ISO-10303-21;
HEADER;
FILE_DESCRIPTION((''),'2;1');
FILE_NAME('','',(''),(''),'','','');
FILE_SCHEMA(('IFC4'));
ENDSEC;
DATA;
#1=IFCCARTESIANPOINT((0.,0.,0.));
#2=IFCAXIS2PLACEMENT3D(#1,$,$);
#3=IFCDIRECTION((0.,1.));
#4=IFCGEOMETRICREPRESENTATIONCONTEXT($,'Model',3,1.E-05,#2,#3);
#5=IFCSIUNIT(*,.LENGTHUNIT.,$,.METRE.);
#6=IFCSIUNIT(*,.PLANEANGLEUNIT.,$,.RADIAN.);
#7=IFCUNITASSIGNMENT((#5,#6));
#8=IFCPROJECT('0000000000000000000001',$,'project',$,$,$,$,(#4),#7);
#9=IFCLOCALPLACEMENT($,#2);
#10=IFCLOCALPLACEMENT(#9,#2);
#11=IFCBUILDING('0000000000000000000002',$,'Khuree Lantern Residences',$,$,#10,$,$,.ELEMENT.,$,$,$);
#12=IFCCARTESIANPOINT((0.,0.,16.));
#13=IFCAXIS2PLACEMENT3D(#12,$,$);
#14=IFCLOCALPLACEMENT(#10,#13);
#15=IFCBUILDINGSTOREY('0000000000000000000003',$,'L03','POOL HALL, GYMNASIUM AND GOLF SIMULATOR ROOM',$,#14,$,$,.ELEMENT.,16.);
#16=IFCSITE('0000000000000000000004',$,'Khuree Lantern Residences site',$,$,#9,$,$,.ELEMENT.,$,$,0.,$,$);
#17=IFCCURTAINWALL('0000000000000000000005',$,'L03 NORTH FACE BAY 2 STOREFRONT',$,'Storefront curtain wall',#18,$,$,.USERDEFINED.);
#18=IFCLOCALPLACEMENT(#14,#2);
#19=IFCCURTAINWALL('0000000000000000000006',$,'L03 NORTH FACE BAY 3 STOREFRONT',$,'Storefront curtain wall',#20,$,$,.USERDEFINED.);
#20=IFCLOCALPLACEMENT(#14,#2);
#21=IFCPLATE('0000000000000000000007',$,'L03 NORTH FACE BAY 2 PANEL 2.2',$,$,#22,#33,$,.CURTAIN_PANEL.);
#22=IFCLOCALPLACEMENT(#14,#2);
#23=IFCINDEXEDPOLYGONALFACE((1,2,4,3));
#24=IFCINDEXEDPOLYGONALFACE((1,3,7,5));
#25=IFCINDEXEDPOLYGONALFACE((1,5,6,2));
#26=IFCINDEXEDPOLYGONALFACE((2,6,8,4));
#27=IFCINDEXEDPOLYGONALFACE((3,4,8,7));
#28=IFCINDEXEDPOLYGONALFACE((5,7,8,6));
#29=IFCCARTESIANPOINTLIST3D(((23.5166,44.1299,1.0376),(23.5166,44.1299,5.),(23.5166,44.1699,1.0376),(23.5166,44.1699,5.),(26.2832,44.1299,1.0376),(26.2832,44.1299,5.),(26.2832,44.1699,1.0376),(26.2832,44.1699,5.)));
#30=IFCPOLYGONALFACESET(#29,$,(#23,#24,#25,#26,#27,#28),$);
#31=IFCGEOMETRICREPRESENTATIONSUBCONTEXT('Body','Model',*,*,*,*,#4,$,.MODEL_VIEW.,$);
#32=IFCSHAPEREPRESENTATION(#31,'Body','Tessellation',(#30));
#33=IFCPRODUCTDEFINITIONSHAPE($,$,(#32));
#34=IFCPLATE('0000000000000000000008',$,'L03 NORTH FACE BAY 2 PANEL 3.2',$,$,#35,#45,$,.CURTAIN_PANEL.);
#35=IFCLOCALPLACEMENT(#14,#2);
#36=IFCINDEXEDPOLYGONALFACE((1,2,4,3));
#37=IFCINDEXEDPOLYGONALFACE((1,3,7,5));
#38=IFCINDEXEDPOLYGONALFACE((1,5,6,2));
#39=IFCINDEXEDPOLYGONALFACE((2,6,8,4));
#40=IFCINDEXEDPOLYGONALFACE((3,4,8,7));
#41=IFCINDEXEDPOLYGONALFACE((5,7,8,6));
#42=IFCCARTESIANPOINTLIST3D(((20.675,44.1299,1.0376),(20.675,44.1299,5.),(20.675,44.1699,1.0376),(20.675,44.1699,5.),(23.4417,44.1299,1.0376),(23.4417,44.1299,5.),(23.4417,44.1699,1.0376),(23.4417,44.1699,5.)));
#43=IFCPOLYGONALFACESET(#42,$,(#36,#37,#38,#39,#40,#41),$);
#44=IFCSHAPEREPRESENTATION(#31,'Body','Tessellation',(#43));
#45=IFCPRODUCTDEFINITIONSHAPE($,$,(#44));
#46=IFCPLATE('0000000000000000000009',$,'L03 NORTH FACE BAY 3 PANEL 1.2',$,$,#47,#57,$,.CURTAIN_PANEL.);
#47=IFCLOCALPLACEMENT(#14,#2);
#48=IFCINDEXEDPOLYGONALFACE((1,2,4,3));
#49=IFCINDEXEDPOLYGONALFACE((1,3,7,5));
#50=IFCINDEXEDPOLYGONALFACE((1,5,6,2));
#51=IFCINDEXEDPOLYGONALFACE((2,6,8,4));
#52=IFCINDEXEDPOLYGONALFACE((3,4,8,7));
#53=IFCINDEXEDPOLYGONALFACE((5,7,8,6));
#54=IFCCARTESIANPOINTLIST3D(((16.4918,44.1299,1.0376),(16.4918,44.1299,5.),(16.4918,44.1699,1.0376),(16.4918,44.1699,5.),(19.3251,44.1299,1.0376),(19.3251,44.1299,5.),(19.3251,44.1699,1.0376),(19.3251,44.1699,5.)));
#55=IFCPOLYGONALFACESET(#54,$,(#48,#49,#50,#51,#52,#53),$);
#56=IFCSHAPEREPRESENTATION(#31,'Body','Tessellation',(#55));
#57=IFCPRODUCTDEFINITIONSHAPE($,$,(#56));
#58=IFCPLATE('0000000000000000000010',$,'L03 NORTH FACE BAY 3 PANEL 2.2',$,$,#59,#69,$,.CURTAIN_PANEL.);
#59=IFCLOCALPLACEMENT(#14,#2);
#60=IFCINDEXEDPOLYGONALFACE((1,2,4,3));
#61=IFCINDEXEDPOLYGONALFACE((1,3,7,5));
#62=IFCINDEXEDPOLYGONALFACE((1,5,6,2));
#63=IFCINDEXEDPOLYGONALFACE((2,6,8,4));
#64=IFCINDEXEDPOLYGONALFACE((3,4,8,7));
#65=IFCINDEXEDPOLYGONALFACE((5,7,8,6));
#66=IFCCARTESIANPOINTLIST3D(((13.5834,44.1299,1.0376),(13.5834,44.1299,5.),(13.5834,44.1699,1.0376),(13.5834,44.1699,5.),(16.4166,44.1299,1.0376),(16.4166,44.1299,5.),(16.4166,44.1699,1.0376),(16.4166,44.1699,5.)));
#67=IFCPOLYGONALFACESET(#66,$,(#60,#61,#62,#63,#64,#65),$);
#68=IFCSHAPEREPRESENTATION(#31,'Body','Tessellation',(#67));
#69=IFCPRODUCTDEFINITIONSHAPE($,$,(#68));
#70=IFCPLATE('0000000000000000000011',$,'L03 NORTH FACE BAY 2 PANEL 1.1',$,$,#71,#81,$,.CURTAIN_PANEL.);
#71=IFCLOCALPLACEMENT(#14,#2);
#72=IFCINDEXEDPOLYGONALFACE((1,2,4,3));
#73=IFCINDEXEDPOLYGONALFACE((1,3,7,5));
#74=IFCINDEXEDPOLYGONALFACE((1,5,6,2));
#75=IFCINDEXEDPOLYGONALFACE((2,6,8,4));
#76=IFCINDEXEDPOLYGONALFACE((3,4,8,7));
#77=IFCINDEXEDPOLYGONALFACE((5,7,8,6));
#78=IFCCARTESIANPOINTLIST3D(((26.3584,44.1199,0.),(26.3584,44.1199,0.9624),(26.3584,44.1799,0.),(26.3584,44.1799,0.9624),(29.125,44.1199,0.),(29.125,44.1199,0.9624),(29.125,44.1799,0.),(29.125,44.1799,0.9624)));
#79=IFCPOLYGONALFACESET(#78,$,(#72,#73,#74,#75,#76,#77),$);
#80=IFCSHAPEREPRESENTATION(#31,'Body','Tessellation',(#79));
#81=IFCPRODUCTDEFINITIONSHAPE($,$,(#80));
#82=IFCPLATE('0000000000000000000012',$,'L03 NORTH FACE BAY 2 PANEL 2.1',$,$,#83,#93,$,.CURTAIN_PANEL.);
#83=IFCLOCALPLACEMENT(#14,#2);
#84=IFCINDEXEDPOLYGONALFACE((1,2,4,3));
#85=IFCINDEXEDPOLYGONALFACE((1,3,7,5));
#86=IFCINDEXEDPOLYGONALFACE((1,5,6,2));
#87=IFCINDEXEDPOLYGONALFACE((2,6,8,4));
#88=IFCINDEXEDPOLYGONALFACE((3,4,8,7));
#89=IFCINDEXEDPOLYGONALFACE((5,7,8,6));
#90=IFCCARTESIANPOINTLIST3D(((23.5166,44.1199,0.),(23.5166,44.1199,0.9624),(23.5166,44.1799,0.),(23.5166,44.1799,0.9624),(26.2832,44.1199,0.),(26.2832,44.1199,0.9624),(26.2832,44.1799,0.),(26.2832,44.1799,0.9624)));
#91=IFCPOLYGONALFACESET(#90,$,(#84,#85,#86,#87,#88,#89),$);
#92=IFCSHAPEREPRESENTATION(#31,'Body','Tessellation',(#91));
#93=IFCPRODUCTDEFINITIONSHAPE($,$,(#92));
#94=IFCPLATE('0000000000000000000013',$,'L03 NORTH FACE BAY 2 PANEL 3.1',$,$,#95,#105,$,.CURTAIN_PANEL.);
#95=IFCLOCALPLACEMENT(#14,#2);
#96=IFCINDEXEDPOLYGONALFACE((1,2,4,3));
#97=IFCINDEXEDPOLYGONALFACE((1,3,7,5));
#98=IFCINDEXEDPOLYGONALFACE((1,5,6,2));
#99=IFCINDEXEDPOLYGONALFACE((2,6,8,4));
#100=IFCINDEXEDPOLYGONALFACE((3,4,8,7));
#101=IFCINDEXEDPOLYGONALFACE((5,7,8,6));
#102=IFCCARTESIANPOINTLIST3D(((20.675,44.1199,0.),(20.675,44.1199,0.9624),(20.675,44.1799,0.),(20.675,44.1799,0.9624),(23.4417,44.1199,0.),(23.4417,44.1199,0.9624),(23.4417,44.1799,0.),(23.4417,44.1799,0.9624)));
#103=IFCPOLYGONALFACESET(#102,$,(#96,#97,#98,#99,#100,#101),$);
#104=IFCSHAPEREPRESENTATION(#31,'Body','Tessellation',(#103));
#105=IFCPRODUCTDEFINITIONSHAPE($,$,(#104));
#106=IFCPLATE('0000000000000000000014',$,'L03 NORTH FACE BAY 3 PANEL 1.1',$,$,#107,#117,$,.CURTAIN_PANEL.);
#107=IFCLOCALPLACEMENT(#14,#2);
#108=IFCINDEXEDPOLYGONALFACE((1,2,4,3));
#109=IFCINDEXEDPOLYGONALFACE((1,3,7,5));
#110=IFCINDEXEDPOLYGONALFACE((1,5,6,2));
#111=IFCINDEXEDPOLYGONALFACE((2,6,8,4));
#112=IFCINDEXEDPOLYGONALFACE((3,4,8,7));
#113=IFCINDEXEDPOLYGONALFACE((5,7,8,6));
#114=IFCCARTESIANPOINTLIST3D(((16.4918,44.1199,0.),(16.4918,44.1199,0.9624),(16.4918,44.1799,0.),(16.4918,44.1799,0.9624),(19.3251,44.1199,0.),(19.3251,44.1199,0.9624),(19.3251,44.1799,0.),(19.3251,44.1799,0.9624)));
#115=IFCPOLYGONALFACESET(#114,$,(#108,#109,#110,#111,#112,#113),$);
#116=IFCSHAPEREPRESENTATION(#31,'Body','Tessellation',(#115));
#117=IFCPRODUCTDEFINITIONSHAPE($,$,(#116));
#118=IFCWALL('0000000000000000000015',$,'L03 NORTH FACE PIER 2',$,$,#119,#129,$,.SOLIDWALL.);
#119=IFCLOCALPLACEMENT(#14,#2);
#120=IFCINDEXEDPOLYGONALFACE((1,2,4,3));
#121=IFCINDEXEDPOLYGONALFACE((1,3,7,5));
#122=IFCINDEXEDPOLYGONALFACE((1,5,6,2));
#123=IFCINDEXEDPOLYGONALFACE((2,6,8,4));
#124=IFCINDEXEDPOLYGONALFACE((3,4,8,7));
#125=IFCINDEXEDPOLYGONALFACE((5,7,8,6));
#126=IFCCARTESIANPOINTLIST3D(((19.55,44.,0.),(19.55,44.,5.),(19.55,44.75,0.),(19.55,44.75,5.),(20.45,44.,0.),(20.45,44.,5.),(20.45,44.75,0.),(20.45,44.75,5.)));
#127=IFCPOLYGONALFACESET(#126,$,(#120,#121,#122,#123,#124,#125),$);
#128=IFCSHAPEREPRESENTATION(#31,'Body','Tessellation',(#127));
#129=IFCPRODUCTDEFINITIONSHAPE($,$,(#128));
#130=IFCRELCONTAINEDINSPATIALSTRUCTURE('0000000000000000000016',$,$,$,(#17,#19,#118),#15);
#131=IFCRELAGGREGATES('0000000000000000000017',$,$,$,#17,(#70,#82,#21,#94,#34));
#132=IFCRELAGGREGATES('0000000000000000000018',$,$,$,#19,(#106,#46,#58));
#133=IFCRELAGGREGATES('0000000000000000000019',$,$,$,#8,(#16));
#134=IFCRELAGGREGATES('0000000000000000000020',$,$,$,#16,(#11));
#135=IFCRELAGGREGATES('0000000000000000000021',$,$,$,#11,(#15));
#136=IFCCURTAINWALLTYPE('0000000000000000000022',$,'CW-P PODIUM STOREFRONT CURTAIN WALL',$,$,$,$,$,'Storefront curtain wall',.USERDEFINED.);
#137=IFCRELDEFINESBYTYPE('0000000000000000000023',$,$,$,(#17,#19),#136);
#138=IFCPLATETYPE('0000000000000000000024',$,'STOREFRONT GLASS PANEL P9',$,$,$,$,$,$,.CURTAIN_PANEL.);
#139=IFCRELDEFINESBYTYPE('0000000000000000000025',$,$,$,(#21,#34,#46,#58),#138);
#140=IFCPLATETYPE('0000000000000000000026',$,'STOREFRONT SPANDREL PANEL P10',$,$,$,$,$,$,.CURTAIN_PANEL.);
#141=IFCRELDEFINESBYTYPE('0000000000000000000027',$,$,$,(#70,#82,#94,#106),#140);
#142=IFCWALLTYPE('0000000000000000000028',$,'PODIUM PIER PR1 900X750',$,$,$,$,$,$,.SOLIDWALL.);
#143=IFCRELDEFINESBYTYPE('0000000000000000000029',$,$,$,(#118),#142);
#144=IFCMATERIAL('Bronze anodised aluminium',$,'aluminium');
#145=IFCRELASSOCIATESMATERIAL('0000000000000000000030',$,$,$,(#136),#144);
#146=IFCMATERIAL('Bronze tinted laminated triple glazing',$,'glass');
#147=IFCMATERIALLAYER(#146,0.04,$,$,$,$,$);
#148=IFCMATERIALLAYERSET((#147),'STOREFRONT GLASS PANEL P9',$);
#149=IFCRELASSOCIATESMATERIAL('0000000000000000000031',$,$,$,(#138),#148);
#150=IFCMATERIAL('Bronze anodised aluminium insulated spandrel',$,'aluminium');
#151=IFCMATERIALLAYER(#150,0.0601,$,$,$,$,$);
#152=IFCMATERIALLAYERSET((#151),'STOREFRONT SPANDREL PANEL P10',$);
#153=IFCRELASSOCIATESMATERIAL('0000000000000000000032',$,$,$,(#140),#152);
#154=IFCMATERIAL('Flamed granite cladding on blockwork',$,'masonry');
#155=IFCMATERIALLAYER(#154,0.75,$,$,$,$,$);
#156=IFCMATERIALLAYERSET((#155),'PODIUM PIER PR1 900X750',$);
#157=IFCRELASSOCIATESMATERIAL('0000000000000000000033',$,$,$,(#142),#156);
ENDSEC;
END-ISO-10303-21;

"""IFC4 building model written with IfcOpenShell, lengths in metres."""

from ifc_helpers import new_model, si_unit, direction, frame, frame_2d, origin, origin_2d, place, context, subcontext, project, spatial, rectangle, extrude, material, layer, layer_set, type_object, element, aggregate, save


model = new_model("IFC4")

# Units and contexts
model_context = context("Model", 3, precision=1e-05, world=origin(), true_north=direction((0.0, 1.0)))
body_context = subcontext(model_context, "Body", "Model", "MODEL_VIEW")
ifc_project = project(units=[si_unit("LENGTHUNIT", "METRE"), si_unit("PLANEANGLEUNIT", "RADIAN")], contexts=[model_context])

# Site, building, storey
site_placement = place(None, origin())
site = spatial("IfcSite", under=ifc_project, at=site_placement, Name="Khuree Lantern Residences site", CompositionType="ELEMENT", RefElevation=0.0)
building_placement = place(site_placement, origin())
building = spatial("IfcBuilding", under=site, at=building_placement, Name="Khuree Lantern Residences", CompositionType="ELEMENT")
storey_placement = place(building_placement, frame((0.0, 0.0, 16.0)))
storey = spatial("IfcBuildingStorey", under=building, at=storey_placement, Name="L03", Description="POOL HALL, GYMNASIUM AND GOLF SIMULATOR ROOM", CompositionType="ELEMENT", Elevation=16.0)

# Curtain walls
ifc_material_1 = material(Name="Bronze anodised aluminium", Category="aluminium")
curtain_wall_type = type_object("IfcCurtainWallType", Name="CW-P PODIUM STOREFRONT CURTAIN WALL", ElementType="Storefront curtain wall", PredefinedType="USERDEFINED", material=ifc_material_1)
curtain_wall_1_placement = place(storey_placement, origin())
curtain_wall_1 = element("IfcCurtainWall", 1, at=curtain_wall_1_placement, inside=storey, type_object=curtain_wall_type, Name="L03 NORTH FACE BAY 2 STOREFRONT", ObjectType="Storefront curtain wall", PredefinedType="USERDEFINED")
curtain_wall_2_placement = place(storey_placement, origin())
curtain_wall_2 = element("IfcCurtainWall", 2, at=curtain_wall_2_placement, inside=storey, type_object=curtain_wall_type, Name="L03 NORTH FACE BAY 3 STOREFRONT", ObjectType="Storefront curtain wall", PredefinedType="USERDEFINED")

# Plates
ifc_material_2 = material(Name="Bronze tinted laminated triple glazing", Category="glass")
ifc_layer_1 = layer(ifc_material_2, 0.04)
ifc_layer_set_1 = layer_set([ifc_layer_1], Name="STOREFRONT GLASS PANEL P9")
plate_type_1 = type_object("IfcPlateType", Name="STOREFRONT GLASS PANEL P9", PredefinedType="CURTAIN_PANEL", material=ifc_layer_set_1)
plate_1_placement = place(storey_placement, frame((24.8999, 44.1499, 1.0376), z_axis=(0.0, 0.0, 1.0), x_axis=(-1.0, 0.0, 0.0)))
plate_1 = element("IfcPlate", 3, at=plate_1_placement, type_object=plate_type_1, Name="L03 NORTH FACE BAY 2 PANEL 2.2", PredefinedType="CURTAIN_PANEL", context=body_context, shape_type="SweptSolid", body=[
    extrude(rectangle(XDim=2.7666, YDim=0.04, at=origin_2d()), origin(), (0.0, 0.0, 1.0), 3.9624),
])
plate_2_placement = place(storey_placement, frame((22.0583, 44.1499, 1.0376), z_axis=(0.0, 0.0, 1.0), x_axis=(-1.0, 0.0, 0.0)))
plate_2 = element("IfcPlate", 4, at=plate_2_placement, type_object=plate_type_1, Name="L03 NORTH FACE BAY 2 PANEL 3.2", PredefinedType="CURTAIN_PANEL", context=body_context, shape_type="SweptSolid", body=[
    extrude(rectangle(XDim=2.7666, YDim=0.04, at=origin_2d()), origin(), (0.0, 0.0, 1.0), 3.9624),
])
plate_3_placement = place(storey_placement, frame((17.9084, 44.1499, 1.0376), z_axis=(0.0, 0.0, 1.0), x_axis=(-1.0, 0.0, 0.0)))
plate_3 = element("IfcPlate", 5, at=plate_3_placement, type_object=plate_type_1, Name="L03 NORTH FACE BAY 3 PANEL 1.2", PredefinedType="CURTAIN_PANEL", context=body_context, shape_type="SweptSolid", body=[
    extrude(rectangle(XDim=2.8333, YDim=0.04, at=origin_2d()), origin(), (0.0, 0.0, 1.0), 3.9624),
])
plate_4_placement = place(storey_placement, frame((15.0, 44.1499, 1.0376), z_axis=(0.0, 0.0, 1.0), x_axis=(-1.0, 0.0, 0.0)))
plate_4 = element("IfcPlate", 6, at=plate_4_placement, type_object=plate_type_1, Name="L03 NORTH FACE BAY 3 PANEL 2.2", PredefinedType="CURTAIN_PANEL", context=body_context, shape_type="SweptSolid", body=[
    extrude(rectangle(XDim=2.8333, YDim=0.04, at=origin_2d()), origin(), (0.0, 0.0, 1.0), 3.9624),
])
ifc_material_3 = material(Name="Bronze anodised aluminium insulated spandrel", Category="aluminium")
ifc_layer_2 = layer(ifc_material_3, 0.0601)
ifc_layer_set_2 = layer_set([ifc_layer_2], Name="STOREFRONT SPANDREL PANEL P10")
plate_type_2 = type_object("IfcPlateType", Name="STOREFRONT SPANDREL PANEL P10", PredefinedType="CURTAIN_PANEL", material=ifc_layer_set_2)
plate_5_placement = place(storey_placement, frame((27.7417, 44.1499, 0.0), z_axis=(0.0, 0.0, 1.0), x_axis=(-1.0, 0.0, 0.0)))
plate_5 = element("IfcPlate", 7, at=plate_5_placement, type_object=plate_type_2, Name="L03 NORTH FACE BAY 2 PANEL 1.1", PredefinedType="CURTAIN_PANEL", context=body_context, shape_type="SweptSolid", body=[
    extrude(rectangle(XDim=2.7666, YDim=0.0601, at=origin_2d()), origin(), (0.0, 0.0, 1.0), 0.9624),
])
plate_6_placement = place(storey_placement, frame((24.8999, 44.1499, 0.0), z_axis=(0.0, 0.0, 1.0), x_axis=(-1.0, 0.0, 0.0)))
plate_6 = element("IfcPlate", 8, at=plate_6_placement, type_object=plate_type_2, Name="L03 NORTH FACE BAY 2 PANEL 2.1", PredefinedType="CURTAIN_PANEL", context=body_context, shape_type="SweptSolid", body=[
    extrude(rectangle(XDim=2.7666, YDim=0.0601, at=origin_2d()), origin(), (0.0, 0.0, 1.0), 0.9624),
])
plate_7_placement = place(storey_placement, frame((22.0583, 44.1499, 0.0), z_axis=(0.0, 0.0, 1.0), x_axis=(-1.0, 0.0, 0.0)))
plate_7 = element("IfcPlate", 9, at=plate_7_placement, type_object=plate_type_2, Name="L03 NORTH FACE BAY 2 PANEL 3.1", PredefinedType="CURTAIN_PANEL", context=body_context, shape_type="SweptSolid", body=[
    extrude(rectangle(XDim=2.7666, YDim=0.0601, at=origin_2d()), origin(), (0.0, 0.0, 1.0), 0.9624),
])
aggregate(curtain_wall_1, [plate_5, plate_6, plate_1, plate_7, plate_2])
plate_8_placement = place(storey_placement, frame((17.9084, 44.1499, 0.0), z_axis=(0.0, 0.0, 1.0), x_axis=(-1.0, 0.0, 0.0)))
plate_8 = element("IfcPlate", 10, at=plate_8_placement, type_object=plate_type_2, Name="L03 NORTH FACE BAY 3 PANEL 1.1", PredefinedType="CURTAIN_PANEL", context=body_context, shape_type="SweptSolid", body=[
    extrude(rectangle(XDim=2.8333, YDim=0.0601, at=origin_2d()), origin(), (0.0, 0.0, 1.0), 0.9624),
])
aggregate(curtain_wall_2, [plate_8, plate_3, plate_4])

# Wall
ifc_material_4 = material(Name="Flamed granite cladding on blockwork", Category="masonry")
ifc_layer_3 = layer(ifc_material_4, 0.75)
ifc_layer_set_3 = layer_set([ifc_layer_3], Name="PODIUM PIER PR1 900X750")
wall_type = type_object("IfcWallType", Name="PODIUM PIER PR1 900X750", PredefinedType="SOLIDWALL", material=ifc_layer_set_3)
wall_placement = place(storey_placement, frame((20.45, 44.375, 0.0), z_axis=(0.0, 0.0, 1.0), x_axis=(-1.0, 0.0, 0.0)))
element("IfcWall", 11, at=wall_placement, inside=storey, type_object=wall_type, Name="L03 NORTH FACE PIER 2", PredefinedType="SOLIDWALL", context=body_context, shape_type="SweptSolid", body=[
    extrude(rectangle(XDim=0.8999, YDim=0.75, at=frame_2d((0.45, 0.0))), origin(), (0.0, 0.0, 1.0), 5.0),
])

save(model, "model.ifc")
